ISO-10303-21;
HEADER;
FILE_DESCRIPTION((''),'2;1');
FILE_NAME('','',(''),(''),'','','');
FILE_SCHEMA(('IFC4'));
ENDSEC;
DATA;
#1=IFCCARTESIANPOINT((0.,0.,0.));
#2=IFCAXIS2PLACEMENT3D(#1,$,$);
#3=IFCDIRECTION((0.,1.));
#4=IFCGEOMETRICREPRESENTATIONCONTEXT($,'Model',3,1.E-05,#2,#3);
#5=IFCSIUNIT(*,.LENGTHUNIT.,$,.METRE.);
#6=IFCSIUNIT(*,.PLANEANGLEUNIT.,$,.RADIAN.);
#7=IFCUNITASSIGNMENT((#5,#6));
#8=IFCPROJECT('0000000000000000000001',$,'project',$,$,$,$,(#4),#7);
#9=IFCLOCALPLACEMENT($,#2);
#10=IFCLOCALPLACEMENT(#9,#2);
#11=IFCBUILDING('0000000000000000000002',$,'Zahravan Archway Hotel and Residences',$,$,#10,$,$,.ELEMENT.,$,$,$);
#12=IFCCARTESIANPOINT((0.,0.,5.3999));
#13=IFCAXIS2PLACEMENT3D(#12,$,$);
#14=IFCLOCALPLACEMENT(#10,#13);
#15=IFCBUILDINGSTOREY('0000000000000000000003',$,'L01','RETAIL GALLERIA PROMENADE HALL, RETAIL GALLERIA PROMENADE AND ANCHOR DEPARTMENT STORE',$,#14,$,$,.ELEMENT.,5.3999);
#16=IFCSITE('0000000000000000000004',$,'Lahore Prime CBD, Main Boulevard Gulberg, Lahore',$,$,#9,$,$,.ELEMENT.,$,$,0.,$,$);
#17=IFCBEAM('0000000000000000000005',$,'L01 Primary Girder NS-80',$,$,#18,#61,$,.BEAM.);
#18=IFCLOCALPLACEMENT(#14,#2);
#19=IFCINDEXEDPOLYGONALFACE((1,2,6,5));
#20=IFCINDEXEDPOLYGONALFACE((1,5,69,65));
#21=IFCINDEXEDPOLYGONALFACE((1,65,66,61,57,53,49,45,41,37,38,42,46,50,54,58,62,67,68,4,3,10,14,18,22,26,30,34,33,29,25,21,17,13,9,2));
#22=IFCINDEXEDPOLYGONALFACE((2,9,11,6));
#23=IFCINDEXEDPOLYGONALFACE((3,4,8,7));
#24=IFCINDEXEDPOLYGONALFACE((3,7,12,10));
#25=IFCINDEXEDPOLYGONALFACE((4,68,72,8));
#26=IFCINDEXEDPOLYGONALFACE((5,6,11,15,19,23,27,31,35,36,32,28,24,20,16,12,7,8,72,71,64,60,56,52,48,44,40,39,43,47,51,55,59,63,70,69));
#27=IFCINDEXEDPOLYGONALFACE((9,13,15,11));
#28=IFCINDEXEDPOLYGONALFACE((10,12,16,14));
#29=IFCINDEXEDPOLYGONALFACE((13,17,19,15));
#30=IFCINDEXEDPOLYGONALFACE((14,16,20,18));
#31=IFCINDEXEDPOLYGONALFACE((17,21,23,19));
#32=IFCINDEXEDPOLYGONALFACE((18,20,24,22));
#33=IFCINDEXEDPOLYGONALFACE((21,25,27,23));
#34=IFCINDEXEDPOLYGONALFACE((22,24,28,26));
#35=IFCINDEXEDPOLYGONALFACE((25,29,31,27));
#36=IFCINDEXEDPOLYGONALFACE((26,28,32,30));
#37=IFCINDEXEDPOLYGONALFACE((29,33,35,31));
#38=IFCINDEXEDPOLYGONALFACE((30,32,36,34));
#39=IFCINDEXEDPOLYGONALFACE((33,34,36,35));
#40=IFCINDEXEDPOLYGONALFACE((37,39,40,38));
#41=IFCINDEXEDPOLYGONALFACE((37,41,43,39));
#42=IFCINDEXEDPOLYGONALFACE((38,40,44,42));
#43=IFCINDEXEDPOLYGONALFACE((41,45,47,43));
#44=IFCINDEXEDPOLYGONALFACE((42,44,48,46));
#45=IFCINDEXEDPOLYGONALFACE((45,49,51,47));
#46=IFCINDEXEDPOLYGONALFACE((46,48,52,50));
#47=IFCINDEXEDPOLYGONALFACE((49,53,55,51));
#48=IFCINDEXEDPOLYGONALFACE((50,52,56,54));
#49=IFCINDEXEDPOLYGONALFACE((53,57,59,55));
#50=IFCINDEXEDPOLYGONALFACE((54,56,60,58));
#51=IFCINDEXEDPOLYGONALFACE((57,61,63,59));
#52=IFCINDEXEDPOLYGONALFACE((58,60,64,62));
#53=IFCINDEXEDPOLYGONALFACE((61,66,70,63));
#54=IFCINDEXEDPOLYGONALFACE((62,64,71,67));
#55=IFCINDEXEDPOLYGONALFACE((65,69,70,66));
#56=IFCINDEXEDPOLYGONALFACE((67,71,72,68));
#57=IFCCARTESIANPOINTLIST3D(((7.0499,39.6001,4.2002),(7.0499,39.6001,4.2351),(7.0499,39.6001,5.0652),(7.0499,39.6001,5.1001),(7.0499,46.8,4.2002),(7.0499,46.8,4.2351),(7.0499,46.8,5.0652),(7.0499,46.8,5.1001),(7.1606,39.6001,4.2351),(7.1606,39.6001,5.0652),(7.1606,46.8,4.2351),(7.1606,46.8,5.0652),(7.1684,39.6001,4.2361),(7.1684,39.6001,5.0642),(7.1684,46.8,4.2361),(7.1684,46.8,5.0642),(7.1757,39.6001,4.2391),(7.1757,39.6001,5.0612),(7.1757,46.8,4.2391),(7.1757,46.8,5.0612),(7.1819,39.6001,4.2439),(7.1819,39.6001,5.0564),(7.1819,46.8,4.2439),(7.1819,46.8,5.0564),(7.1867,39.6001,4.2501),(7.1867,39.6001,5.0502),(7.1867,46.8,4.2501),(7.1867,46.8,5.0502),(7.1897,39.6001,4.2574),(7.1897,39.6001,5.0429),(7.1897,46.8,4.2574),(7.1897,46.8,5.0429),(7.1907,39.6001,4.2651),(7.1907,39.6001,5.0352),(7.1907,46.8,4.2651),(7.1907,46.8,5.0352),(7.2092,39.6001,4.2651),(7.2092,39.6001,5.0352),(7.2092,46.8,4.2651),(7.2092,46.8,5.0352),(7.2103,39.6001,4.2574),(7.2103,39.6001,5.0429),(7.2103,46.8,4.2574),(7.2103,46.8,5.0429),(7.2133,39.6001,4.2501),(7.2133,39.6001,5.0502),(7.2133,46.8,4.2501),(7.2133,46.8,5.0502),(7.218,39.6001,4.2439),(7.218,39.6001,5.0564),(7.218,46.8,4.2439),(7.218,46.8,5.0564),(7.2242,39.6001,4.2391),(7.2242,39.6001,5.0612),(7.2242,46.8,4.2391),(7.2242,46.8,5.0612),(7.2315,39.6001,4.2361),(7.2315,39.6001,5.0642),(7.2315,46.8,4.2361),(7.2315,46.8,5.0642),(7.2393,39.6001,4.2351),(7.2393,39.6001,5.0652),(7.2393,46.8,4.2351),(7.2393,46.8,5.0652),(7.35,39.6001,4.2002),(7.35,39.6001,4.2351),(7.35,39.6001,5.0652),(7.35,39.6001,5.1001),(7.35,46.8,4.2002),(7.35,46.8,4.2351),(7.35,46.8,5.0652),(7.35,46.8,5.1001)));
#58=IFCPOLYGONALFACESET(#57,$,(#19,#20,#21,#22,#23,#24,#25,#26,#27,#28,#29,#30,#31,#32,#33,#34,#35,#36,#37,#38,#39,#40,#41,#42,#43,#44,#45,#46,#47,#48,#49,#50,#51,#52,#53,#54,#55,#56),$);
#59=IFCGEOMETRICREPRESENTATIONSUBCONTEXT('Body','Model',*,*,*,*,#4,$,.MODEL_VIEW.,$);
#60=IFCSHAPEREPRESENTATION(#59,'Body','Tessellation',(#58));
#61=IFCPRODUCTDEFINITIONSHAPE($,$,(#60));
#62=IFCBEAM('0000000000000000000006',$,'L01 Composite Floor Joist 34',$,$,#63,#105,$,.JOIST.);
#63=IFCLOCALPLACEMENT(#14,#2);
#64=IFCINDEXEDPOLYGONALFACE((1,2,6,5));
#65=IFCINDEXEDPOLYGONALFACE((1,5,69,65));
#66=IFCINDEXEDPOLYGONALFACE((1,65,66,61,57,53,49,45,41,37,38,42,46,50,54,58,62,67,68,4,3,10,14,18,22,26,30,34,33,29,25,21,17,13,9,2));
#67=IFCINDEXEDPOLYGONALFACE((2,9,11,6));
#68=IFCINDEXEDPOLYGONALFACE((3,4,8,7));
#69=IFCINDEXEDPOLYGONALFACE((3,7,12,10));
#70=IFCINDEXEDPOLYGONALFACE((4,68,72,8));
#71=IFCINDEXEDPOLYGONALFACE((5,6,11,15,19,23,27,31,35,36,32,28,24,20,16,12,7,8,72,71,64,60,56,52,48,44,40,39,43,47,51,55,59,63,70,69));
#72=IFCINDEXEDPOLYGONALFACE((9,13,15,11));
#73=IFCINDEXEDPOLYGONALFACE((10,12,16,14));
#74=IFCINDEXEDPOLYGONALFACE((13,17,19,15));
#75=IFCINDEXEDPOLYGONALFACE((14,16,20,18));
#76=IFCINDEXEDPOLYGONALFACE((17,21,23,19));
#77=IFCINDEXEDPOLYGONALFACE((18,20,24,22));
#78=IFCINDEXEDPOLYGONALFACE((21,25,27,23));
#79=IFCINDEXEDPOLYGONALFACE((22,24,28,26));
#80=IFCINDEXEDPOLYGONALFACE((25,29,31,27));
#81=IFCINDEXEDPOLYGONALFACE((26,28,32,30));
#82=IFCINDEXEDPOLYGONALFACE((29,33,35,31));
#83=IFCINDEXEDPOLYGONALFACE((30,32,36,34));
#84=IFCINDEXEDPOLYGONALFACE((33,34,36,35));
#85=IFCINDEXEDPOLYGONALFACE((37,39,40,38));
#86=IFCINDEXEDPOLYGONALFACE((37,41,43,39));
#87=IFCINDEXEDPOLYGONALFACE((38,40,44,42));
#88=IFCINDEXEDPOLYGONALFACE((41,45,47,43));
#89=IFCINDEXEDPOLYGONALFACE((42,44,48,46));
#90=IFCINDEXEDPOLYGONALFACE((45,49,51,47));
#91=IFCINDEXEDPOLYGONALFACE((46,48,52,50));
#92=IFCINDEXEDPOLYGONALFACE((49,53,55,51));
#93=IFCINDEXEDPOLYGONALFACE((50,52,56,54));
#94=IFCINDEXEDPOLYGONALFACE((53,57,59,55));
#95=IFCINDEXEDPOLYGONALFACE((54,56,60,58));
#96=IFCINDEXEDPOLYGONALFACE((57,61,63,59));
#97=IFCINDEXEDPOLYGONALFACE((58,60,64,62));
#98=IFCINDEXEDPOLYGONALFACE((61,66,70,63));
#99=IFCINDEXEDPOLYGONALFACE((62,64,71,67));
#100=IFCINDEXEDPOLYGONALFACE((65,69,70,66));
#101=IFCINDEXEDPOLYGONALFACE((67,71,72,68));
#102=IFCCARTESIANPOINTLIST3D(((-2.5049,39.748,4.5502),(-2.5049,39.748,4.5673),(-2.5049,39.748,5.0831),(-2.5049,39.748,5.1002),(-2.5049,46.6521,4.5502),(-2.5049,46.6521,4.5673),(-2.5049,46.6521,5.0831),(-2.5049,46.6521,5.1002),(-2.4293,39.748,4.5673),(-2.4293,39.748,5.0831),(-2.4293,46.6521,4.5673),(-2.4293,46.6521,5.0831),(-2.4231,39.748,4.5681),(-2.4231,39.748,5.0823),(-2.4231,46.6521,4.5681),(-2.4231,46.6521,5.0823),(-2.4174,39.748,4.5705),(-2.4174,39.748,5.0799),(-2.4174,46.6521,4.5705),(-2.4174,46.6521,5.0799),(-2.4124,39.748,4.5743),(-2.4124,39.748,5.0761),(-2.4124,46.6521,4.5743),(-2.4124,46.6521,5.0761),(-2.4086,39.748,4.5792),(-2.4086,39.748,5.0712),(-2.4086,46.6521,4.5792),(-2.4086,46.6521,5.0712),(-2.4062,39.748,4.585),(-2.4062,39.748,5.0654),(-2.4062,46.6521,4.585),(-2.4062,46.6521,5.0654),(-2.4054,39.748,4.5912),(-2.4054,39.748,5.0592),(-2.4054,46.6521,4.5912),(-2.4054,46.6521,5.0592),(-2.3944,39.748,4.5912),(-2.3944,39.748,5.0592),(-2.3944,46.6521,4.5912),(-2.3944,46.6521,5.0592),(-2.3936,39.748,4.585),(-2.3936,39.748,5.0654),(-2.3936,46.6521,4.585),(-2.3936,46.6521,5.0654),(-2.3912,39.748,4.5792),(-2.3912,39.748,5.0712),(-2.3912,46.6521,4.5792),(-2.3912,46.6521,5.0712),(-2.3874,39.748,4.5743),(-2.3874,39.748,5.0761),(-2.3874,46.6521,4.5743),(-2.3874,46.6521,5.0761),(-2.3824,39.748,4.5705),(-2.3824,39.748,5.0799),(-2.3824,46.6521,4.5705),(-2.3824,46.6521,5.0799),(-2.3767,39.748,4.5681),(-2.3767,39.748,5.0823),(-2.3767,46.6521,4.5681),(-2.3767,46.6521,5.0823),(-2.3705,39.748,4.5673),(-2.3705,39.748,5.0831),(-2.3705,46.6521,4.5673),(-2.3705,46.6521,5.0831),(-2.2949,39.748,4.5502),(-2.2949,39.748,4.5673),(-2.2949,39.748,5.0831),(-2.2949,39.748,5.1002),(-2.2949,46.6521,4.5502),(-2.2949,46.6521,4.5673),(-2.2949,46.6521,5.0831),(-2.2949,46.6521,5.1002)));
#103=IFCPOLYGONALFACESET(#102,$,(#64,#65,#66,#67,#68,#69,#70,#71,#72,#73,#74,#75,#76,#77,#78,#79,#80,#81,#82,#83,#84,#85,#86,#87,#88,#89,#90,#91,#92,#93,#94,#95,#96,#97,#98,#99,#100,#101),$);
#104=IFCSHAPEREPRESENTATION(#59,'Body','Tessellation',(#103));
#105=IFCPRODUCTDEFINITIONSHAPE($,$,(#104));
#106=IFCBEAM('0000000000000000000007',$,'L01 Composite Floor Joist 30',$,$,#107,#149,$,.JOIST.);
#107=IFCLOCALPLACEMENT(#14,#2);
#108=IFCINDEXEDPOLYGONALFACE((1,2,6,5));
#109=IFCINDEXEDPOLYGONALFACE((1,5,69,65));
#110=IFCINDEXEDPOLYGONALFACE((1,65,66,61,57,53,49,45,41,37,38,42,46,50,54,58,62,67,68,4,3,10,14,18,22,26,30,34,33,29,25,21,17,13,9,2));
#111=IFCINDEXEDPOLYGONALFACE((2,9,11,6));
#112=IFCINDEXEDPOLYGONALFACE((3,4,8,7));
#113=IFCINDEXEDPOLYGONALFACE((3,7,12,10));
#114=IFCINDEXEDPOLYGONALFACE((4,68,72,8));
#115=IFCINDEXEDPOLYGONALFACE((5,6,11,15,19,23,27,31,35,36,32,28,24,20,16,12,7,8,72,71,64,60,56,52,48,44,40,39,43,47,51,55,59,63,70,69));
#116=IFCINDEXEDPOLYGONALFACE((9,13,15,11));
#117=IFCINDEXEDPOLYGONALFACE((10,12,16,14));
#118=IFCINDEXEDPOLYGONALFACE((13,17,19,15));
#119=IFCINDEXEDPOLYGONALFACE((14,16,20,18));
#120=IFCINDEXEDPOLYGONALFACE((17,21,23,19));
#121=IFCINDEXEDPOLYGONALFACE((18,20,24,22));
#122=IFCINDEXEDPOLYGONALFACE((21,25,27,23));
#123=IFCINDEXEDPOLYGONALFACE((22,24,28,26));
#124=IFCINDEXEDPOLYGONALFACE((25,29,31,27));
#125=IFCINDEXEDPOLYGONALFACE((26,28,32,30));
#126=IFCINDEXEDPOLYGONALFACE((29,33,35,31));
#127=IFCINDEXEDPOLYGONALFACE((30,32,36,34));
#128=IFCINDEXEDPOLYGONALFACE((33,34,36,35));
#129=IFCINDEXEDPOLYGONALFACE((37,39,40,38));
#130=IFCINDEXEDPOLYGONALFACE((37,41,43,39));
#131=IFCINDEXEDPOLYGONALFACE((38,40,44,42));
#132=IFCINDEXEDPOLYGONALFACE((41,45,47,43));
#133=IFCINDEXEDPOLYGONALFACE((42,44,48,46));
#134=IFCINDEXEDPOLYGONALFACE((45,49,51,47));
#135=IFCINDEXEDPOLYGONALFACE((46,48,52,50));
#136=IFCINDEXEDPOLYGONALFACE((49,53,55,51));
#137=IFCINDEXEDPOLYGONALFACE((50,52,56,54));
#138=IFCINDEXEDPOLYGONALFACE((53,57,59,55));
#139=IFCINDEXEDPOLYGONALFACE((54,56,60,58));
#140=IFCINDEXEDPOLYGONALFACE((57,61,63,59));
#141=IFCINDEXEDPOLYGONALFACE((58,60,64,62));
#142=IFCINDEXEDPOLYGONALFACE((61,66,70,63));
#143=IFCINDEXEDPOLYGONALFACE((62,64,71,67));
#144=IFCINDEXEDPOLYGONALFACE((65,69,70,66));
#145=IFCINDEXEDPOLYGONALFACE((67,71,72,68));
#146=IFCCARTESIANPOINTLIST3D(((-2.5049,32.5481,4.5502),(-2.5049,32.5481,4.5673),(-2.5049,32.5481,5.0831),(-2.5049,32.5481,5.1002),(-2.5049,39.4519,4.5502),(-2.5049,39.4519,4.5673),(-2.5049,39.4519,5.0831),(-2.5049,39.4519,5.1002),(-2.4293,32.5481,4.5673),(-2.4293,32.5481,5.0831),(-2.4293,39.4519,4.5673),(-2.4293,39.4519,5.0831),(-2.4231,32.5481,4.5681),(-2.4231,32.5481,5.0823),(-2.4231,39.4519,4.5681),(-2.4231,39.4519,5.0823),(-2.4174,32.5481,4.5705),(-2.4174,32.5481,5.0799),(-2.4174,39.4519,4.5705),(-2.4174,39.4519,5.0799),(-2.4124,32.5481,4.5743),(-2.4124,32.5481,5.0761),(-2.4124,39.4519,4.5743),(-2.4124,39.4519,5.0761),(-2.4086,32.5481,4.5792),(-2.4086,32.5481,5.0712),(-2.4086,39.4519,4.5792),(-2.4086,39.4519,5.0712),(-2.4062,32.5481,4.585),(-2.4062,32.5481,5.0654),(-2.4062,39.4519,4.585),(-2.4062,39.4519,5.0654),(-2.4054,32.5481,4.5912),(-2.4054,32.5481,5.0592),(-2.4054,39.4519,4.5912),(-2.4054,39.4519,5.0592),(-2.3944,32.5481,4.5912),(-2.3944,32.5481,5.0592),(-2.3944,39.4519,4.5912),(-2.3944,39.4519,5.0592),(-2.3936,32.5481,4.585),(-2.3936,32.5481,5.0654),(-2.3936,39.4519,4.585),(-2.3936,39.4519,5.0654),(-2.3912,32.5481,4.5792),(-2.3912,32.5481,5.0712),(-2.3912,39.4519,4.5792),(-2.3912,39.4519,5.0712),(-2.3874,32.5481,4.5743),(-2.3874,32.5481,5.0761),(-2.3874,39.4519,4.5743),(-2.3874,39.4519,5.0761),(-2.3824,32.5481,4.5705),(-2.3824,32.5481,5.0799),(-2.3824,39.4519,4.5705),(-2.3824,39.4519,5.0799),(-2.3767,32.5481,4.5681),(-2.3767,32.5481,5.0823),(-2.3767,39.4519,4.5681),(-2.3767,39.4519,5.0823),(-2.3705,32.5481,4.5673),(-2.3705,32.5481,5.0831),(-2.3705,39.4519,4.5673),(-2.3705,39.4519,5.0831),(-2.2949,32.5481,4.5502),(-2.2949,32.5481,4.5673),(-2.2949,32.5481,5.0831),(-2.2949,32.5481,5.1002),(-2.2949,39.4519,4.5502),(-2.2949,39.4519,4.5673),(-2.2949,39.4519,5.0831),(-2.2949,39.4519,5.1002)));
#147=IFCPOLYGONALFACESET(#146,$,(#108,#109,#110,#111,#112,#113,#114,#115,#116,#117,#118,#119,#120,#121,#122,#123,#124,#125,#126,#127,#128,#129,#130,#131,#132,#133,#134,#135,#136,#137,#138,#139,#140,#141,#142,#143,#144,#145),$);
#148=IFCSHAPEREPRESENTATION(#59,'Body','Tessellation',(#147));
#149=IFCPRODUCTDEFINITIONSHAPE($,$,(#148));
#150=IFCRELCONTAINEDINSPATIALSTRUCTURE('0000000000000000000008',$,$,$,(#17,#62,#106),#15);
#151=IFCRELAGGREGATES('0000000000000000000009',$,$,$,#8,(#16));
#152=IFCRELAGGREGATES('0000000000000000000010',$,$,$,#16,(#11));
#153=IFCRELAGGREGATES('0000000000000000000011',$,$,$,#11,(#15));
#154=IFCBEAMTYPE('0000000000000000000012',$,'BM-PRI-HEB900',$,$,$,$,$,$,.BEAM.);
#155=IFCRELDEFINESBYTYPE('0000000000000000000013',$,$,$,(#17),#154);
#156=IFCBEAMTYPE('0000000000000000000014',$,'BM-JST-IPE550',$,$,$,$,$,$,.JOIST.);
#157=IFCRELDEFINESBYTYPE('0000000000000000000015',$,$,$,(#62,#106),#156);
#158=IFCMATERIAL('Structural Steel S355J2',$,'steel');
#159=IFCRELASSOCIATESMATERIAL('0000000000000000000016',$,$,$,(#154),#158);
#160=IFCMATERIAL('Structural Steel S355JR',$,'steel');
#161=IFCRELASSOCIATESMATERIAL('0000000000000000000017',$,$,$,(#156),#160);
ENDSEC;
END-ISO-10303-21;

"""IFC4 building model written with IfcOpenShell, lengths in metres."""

from ifc_helpers import new_model, si_unit, direction, frame, origin, origin_2d, place, context, subcontext, project, spatial, i_section, extrude, source, transform, mapped, material, material_profile, profile_set, type_object, type_shapes, element, save


model = new_model("IFC4")

# Units and contexts
model_context = context("Model", 3, precision=1e-05, world=origin(), true_north=direction((0.0, 1.0)))
body_context = subcontext(model_context, "Body", "Model", "MODEL_VIEW")
ifc_project = project(units=[si_unit("LENGTHUNIT", "METRE"), si_unit("PLANEANGLEUNIT", "RADIAN")], contexts=[model_context])

# Site, building, storey
site_placement = place(None, origin())
site = spatial("IfcSite", under=ifc_project, at=site_placement, Name="Lahore Prime CBD, Main Boulevard Gulberg, Lahore", CompositionType="ELEMENT", RefElevation=0.0)
building_placement = place(site_placement, origin())
building = spatial("IfcBuilding", under=site, at=building_placement, Name="Zahravan Archway Hotel and Residences", CompositionType="ELEMENT")
storey_placement = place(building_placement, frame((0.0, 0.0, 5.3999)))
storey = spatial("IfcBuildingStorey", under=building, at=storey_placement, Name="L01", Description="RETAIL GALLERIA PROMENADE HALL, RETAIL GALLERIA PROMENADE AND ANCHOR DEPARTMENT STORE", CompositionType="ELEMENT", Elevation=5.3999)

# Beams
ifc_material_1 = material(Name="Structural Steel S355J2", Category="steel")
ifc_material_profile_1 = material_profile(ifc_material_1, i_section(OverallWidth=0.3, OverallDepth=0.8999, WebThickness=0.0186, FlangeThickness=0.0349, FilletRadius=0.03, at=origin_2d()), Name="HEB 900", Category="steel")
ifc_profile_set_1 = profile_set([ifc_material_profile_1], Name="Structural Steel S355J2")
beam_type_1 = type_object("IfcBeamType", Name="BM-PRI-HEB900", PredefinedType="BEAM", material=ifc_profile_set_1)
shared_shape_1 = source(origin(), body_context, "Body", "SweptSolid", [
    extrude(i_section(OverallWidth=0.3, OverallDepth=0.8999, WebThickness=0.0186, FlangeThickness=0.0349, FilletRadius=0.03, at=origin_2d()), origin(), (0.0, 0.0, 1.0), 7.2),
])
for number, where, z_axis, x_axis, name in (
    (1, (7.2, 39.6001, 4.6501), (0.0, 1.0, 0.0), (-1.0, 0.0, 0.0), "L01 Primary Girder NS-80"),
):
    element("IfcBeam", number, at=place(storey_placement, frame(where, z_axis=z_axis, x_axis=x_axis)), inside=storey, type_object=beam_type_1, Name=name, PredefinedType="BEAM", context=body_context, shape_type="MappedRepresentation", body=[
        mapped(shared_shape_1, transform((0.0, 0.0, 0.0), scale=1.0)),
    ])
ifc_material_2 = material(Name="Structural Steel S355JR", Category="steel")
ifc_material_profile_2 = material_profile(ifc_material_2, i_section(OverallWidth=0.21, OverallDepth=0.55, WebThickness=0.011, FlangeThickness=0.0171, FilletRadius=0.0239, at=origin_2d()), Name="IPE 550", Category="steel")
ifc_profile_set_2 = profile_set([ifc_material_profile_2], Name="Structural Steel S355JR")
beam_type_2 = type_object("IfcBeamType", Name="BM-JST-IPE550", PredefinedType="JOIST", material=ifc_profile_set_2)
shared_shape_2 = source(origin(), body_context, "Body", "SweptSolid", [
    extrude(i_section(OverallWidth=0.21, OverallDepth=0.55, WebThickness=0.011, FlangeThickness=0.0171, FilletRadius=0.0239, at=origin_2d()), origin(), (0.0, 0.0, 1.0), 6.9041),
])
type_shapes(beam_type_2, [shared_shape_2])
beam_1_placement = place(storey_placement, frame((-2.3999, 39.748, 4.8252), z_axis=(0.0, 1.0, 0.0), x_axis=(-1.0, 0.0, 0.0)))
element("IfcBeam", 2, at=beam_1_placement, inside=storey, type_object=beam_type_2, Name="L01 Composite Floor Joist 34", PredefinedType="JOIST", context=body_context, shape_type="MappedRepresentation", body=[
    mapped(shared_shape_2, transform((0.0, 0.0, 0.0), scale=1.0)),
])
shared_shape_3 = source(origin(), body_context, "Body", "SweptSolid", [
    extrude(i_section(OverallWidth=0.21, OverallDepth=0.55, WebThickness=0.011, FlangeThickness=0.0171, FilletRadius=0.0239, at=origin_2d()), origin(), (0.0, 0.0, 1.0), 6.9038),
])
beam_2_placement = place(storey_placement, frame((-2.3999, 32.5481, 4.8252), z_axis=(0.0, 1.0, 0.0), x_axis=(-1.0, 0.0, 0.0)))
element("IfcBeam", 3, at=beam_2_placement, inside=storey, type_object=beam_type_2, Name="L01 Composite Floor Joist 30", PredefinedType="JOIST", context=body_context, shape_type="MappedRepresentation", body=[
    mapped(shared_shape_3, transform((0.0, 0.0, 0.0), scale=1.0)),
])

save(model, "model.ifc")
